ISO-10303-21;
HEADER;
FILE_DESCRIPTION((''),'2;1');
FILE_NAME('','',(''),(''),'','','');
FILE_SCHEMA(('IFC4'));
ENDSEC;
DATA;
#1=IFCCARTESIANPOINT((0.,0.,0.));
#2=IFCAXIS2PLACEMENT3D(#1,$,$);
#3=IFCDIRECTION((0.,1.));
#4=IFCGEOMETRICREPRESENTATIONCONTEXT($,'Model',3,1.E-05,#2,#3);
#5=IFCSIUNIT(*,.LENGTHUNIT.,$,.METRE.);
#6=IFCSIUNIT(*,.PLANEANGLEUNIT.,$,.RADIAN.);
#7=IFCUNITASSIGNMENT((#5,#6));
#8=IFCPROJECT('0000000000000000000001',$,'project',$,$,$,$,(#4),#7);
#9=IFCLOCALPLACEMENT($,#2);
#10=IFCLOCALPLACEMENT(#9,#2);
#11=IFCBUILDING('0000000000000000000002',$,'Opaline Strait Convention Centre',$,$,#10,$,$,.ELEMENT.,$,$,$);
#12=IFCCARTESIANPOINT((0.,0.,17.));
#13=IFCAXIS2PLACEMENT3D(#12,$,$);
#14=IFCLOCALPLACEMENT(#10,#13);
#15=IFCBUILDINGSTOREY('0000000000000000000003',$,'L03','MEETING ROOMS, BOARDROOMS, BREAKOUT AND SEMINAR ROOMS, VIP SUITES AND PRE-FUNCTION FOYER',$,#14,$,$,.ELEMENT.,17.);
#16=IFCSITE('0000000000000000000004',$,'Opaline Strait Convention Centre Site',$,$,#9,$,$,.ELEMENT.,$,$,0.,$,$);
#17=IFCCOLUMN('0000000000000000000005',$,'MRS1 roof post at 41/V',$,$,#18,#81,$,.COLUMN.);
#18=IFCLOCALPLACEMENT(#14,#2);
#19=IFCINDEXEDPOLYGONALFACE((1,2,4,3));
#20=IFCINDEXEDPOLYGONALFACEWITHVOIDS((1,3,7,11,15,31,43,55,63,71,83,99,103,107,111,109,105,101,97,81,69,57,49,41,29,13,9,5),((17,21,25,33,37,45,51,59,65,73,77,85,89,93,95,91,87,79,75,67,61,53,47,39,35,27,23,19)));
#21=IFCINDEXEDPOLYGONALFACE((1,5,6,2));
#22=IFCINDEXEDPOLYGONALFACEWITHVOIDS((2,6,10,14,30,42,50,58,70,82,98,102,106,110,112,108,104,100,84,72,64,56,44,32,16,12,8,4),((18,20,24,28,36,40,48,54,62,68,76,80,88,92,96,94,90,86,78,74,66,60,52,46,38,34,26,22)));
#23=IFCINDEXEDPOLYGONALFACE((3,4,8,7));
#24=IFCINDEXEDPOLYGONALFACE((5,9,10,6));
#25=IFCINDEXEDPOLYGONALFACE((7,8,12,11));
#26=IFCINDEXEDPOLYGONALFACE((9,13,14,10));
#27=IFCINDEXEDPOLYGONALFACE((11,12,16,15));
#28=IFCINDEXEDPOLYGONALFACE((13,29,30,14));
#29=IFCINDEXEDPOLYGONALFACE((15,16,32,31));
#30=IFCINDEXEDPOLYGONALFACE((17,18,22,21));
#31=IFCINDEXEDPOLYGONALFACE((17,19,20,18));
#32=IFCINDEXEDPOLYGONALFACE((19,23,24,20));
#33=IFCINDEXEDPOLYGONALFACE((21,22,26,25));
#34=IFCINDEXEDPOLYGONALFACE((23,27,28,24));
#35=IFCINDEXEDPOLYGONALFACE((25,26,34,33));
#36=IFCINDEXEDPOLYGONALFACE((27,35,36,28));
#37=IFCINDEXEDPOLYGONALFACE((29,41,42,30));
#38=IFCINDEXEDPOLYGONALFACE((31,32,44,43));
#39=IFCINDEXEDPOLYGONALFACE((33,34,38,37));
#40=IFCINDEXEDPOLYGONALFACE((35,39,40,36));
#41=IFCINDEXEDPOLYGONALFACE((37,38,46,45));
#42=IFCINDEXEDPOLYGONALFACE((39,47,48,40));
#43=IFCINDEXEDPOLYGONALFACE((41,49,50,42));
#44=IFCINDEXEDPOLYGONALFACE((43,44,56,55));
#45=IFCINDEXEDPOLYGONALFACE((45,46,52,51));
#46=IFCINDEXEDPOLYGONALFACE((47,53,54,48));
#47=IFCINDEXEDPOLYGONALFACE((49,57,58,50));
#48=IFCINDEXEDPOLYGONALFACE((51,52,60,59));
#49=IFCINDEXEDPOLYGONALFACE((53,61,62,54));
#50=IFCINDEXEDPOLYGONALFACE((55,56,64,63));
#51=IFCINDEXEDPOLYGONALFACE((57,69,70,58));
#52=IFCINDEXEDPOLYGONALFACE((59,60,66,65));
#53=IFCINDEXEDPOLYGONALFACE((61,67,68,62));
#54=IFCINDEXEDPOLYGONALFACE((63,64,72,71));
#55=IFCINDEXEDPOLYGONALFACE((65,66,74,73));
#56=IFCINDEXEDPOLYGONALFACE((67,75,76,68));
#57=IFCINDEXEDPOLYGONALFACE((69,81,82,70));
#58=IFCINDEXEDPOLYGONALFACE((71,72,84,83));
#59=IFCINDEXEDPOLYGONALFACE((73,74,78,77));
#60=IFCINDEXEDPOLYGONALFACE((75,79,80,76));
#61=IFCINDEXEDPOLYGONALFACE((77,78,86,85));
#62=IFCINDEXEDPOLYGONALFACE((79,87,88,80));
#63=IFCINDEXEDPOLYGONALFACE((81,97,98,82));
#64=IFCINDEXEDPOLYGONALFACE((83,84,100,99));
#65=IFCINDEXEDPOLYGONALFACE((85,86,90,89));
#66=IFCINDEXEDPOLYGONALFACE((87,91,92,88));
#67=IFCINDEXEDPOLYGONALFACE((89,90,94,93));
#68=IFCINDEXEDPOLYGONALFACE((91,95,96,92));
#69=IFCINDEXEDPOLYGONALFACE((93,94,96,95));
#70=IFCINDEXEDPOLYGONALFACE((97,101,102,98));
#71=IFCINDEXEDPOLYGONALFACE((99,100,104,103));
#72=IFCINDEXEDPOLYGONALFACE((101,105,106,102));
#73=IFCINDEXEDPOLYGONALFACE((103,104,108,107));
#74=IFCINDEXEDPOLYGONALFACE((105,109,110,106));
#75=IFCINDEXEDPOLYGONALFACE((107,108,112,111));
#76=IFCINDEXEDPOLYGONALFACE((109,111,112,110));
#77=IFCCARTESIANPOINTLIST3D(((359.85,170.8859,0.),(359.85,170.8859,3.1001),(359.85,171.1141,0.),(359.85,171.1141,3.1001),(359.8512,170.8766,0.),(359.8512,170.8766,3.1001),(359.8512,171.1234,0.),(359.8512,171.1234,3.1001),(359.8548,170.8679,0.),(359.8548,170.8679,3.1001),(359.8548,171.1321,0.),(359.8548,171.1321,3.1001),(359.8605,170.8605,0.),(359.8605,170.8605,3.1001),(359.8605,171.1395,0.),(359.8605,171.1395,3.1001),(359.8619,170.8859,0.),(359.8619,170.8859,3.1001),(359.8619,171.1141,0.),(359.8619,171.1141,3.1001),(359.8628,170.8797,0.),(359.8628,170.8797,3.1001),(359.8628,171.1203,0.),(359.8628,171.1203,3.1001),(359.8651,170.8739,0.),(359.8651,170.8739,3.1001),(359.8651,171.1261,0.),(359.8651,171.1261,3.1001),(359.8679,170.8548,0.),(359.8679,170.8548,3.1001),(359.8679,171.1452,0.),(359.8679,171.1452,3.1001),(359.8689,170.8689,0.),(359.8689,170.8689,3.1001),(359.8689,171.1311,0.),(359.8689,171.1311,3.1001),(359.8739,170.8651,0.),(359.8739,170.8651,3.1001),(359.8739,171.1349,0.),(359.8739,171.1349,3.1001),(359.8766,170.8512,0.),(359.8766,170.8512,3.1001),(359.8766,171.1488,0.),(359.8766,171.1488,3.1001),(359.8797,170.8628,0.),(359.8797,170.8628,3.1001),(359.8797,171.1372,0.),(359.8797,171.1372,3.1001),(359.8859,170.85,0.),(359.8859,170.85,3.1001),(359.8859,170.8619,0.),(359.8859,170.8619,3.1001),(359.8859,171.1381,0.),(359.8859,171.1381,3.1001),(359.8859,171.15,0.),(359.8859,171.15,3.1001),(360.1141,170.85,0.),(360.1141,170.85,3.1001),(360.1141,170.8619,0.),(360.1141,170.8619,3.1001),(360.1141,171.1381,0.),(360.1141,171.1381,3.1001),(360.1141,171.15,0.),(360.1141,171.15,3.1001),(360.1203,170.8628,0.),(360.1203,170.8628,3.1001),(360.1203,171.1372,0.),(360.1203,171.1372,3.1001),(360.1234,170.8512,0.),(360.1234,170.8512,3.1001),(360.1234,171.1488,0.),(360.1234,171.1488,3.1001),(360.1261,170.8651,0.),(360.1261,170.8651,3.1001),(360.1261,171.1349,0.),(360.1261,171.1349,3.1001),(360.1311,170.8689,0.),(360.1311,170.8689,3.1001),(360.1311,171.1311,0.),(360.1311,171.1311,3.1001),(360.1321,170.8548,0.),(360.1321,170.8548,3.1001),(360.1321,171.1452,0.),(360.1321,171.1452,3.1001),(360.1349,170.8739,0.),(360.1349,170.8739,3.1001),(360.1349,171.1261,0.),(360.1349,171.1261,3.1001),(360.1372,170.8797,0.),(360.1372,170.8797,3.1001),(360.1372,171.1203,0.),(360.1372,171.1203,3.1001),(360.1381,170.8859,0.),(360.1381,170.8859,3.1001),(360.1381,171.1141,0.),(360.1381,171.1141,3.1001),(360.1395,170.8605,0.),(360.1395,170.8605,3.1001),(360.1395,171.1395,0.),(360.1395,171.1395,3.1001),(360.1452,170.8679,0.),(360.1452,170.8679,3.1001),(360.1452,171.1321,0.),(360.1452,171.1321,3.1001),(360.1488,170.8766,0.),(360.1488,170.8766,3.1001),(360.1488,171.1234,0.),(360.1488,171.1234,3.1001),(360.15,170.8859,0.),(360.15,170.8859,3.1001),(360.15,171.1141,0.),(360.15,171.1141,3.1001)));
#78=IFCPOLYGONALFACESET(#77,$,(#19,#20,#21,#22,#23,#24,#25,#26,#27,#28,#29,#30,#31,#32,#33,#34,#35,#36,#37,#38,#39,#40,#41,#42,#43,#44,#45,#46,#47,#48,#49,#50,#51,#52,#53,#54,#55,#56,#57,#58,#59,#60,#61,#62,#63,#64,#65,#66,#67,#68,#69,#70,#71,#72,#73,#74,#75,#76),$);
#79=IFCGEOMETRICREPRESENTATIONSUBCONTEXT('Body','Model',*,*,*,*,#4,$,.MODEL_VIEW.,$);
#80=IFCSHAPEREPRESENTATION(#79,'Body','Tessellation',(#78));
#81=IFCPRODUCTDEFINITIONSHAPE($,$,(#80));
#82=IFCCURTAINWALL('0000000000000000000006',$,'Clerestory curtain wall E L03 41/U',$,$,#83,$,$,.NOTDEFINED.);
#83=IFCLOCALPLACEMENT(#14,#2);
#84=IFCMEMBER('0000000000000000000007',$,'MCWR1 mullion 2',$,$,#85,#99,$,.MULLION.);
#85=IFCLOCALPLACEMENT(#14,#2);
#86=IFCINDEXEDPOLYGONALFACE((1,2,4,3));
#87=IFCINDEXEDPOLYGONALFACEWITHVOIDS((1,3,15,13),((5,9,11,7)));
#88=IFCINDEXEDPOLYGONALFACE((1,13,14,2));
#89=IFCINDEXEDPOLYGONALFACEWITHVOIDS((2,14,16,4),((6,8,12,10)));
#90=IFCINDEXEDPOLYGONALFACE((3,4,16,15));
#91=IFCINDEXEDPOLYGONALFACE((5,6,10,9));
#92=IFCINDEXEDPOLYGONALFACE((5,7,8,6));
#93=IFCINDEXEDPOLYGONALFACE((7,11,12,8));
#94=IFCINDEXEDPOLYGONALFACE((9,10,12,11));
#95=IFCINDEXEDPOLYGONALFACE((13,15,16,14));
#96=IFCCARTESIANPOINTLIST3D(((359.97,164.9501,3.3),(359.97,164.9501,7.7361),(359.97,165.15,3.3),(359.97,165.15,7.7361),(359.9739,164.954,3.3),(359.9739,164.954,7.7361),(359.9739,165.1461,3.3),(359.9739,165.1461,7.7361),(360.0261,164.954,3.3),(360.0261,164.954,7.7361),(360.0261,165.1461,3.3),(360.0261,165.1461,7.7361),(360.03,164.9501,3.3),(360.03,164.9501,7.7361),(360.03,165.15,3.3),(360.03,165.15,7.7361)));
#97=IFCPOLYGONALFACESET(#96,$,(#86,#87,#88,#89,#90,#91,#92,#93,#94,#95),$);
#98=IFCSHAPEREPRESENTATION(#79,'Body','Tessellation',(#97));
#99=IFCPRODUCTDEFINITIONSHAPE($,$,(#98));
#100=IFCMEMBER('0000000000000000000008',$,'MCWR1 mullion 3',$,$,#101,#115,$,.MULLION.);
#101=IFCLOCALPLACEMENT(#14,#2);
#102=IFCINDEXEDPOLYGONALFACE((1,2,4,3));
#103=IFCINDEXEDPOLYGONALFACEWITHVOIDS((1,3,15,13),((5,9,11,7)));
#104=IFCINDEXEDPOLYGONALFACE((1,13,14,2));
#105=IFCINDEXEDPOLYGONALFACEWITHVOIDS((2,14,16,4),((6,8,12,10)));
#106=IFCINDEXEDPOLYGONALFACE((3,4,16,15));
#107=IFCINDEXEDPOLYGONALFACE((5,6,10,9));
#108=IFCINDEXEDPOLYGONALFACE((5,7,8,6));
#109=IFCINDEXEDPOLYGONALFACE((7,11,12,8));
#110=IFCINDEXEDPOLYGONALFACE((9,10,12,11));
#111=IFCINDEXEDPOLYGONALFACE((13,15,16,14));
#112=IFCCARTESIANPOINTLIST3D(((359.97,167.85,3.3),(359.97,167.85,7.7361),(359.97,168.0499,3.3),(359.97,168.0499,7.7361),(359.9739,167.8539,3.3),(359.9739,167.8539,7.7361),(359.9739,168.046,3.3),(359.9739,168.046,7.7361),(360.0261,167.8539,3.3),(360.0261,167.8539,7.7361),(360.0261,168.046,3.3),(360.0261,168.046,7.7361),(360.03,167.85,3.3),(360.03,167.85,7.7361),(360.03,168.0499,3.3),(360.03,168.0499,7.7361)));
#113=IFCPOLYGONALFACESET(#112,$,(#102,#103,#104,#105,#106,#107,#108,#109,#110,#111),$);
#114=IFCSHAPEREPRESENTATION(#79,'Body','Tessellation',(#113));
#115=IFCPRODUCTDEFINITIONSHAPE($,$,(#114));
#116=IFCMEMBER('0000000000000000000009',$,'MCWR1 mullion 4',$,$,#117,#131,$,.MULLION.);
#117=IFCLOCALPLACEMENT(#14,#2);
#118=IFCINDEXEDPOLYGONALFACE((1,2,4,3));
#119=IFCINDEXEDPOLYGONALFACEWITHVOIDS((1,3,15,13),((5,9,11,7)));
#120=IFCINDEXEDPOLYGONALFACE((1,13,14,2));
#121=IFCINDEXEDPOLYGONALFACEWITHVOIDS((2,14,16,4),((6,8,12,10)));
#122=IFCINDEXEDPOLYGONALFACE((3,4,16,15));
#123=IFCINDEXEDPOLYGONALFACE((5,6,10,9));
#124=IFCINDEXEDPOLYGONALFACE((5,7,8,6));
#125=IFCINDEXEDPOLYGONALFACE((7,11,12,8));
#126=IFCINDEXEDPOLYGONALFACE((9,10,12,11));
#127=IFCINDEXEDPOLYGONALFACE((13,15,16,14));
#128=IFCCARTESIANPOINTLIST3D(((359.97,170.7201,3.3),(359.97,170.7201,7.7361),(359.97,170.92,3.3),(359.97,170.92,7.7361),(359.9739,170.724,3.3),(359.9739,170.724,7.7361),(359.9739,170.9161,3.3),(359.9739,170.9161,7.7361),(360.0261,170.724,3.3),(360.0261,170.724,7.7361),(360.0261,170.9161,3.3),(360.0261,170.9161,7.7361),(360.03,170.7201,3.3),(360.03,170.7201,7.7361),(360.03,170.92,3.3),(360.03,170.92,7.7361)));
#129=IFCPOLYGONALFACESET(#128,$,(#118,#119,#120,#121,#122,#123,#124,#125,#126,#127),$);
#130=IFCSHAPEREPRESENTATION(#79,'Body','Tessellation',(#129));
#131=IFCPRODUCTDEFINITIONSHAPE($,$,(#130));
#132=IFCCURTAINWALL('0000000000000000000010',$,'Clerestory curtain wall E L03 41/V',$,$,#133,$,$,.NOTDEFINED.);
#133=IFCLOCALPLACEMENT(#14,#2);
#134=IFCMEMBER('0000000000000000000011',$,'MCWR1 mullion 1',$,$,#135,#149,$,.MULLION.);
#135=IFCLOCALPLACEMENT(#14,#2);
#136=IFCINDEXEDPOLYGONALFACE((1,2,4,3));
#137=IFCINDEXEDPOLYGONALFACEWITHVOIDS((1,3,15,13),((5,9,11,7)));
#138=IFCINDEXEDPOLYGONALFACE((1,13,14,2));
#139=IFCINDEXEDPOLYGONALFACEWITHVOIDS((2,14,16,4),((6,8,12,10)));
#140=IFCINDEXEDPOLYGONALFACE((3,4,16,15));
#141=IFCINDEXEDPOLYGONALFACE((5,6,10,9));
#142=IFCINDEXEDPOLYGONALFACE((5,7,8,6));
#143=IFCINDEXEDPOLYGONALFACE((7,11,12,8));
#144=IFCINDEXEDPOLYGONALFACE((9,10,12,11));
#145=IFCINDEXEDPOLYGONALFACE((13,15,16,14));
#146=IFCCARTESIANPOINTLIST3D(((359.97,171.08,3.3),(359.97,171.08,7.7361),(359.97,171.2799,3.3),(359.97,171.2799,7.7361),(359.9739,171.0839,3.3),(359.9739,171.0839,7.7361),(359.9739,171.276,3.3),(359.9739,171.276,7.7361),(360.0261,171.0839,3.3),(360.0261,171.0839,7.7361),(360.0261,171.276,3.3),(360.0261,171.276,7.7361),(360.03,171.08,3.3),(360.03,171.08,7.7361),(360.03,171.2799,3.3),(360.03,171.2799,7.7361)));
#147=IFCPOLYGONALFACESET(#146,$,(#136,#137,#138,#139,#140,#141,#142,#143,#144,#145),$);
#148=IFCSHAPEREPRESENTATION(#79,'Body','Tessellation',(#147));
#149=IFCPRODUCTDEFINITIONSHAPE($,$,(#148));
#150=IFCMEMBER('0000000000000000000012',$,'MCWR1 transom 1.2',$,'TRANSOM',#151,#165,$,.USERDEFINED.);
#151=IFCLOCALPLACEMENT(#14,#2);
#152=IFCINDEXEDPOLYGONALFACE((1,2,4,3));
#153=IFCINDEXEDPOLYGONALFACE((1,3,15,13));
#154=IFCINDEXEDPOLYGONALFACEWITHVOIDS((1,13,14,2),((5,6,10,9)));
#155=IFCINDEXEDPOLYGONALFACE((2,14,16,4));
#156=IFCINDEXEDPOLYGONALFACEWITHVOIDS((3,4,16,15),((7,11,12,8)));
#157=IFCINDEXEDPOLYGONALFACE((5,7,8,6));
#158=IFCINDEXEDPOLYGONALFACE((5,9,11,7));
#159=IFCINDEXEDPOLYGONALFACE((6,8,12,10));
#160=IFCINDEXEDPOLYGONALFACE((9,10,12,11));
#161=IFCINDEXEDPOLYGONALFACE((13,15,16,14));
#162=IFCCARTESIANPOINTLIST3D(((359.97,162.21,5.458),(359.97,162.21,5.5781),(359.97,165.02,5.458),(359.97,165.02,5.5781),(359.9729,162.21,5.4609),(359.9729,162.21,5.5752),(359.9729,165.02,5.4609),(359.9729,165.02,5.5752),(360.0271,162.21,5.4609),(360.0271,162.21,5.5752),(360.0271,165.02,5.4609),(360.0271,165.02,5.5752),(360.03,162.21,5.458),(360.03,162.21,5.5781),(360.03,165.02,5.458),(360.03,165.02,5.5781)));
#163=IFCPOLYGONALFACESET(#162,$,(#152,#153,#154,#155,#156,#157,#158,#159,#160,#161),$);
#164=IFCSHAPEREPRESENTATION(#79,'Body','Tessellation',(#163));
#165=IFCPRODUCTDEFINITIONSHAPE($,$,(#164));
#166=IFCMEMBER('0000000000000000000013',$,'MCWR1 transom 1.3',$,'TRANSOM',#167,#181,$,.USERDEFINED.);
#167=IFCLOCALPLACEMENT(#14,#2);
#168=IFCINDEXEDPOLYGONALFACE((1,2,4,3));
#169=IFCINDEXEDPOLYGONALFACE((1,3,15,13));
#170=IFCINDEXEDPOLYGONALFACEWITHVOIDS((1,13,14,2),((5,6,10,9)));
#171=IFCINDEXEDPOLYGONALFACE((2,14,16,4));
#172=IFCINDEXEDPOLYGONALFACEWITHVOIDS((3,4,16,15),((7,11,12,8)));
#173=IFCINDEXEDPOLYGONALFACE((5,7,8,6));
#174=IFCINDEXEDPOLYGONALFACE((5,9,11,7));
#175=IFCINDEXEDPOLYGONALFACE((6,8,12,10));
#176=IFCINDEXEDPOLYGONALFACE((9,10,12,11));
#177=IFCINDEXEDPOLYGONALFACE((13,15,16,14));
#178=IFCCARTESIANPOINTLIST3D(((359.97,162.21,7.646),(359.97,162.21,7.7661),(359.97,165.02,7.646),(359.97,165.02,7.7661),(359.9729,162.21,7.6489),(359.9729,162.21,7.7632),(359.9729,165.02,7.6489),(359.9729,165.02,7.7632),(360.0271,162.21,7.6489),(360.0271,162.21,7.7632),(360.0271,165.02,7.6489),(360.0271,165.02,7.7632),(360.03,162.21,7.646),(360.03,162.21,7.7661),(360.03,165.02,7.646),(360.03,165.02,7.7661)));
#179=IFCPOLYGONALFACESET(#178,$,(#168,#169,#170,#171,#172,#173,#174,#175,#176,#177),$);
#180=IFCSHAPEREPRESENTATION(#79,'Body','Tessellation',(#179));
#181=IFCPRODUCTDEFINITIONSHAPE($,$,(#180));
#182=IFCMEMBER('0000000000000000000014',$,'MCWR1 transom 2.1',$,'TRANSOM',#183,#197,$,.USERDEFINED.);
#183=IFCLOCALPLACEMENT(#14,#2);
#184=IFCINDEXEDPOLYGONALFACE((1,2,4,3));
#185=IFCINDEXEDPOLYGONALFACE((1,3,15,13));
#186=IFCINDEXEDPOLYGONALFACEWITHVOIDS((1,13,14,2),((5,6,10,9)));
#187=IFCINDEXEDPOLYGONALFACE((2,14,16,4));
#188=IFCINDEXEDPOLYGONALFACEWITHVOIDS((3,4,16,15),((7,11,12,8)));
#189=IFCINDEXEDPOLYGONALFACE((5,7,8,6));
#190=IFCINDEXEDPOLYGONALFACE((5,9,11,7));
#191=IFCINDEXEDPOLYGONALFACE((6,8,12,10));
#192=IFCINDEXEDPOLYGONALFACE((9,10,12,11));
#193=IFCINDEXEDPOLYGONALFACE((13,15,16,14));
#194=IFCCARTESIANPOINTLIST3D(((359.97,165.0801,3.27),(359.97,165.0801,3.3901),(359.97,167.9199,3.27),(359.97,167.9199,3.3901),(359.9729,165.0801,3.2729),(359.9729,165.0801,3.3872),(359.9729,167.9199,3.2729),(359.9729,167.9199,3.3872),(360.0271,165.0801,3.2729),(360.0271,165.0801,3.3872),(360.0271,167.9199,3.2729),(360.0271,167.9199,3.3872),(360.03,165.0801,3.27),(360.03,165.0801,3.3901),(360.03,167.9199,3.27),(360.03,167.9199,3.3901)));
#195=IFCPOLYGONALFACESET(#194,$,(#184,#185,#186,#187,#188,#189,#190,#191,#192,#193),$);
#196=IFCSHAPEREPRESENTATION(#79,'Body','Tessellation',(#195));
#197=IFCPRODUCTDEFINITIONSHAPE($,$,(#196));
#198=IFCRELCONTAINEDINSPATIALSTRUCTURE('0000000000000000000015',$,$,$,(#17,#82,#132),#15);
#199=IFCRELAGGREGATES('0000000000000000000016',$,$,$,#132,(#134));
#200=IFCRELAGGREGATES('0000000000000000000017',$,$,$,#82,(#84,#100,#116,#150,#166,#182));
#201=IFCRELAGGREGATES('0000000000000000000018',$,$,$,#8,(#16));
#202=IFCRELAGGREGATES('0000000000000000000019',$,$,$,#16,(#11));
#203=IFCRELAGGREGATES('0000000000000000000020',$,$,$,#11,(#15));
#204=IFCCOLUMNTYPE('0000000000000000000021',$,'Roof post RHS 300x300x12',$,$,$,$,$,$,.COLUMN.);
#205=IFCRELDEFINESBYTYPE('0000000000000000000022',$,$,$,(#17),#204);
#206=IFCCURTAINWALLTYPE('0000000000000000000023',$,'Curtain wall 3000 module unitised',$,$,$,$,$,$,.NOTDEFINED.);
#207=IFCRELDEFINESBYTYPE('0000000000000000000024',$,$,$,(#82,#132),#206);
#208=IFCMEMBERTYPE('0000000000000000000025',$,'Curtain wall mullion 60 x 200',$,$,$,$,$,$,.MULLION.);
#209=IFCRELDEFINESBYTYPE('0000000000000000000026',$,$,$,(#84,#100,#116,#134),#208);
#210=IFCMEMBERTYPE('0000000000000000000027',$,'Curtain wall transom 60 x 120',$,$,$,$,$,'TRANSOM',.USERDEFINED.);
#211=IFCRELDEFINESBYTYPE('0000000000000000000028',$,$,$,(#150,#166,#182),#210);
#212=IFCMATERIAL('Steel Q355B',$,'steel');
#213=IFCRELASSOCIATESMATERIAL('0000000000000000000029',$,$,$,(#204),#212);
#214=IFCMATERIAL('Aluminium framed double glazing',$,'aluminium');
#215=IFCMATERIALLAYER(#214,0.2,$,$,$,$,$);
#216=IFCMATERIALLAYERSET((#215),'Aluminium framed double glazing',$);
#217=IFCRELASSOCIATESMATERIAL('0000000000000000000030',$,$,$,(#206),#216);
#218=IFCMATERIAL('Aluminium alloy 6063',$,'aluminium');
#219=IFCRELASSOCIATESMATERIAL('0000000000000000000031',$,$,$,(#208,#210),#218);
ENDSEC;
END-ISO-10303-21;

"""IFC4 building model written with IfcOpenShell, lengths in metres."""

from ifc_helpers import new_model, si_unit, direction, frame, origin, origin_2d, place, context, subcontext, project, spatial, hollow_rectangle, extrude, material, layer, layer_set, material_profile, profile_set, type_object, element, aggregate, save


model = new_model("IFC4")

# Units and contexts
model_context = context("Model", 3, precision=1e-05, world=origin(), true_north=direction((0.0, 1.0)))
body_context = subcontext(model_context, "Body", "Model", "MODEL_VIEW")
ifc_project = project(units=[si_unit("LENGTHUNIT", "METRE"), si_unit("PLANEANGLEUNIT", "RADIAN")], contexts=[model_context])

# Site, building, storey
site_placement = place(None, origin())
site = spatial("IfcSite", under=ifc_project, at=site_placement, Name="Opaline Strait Convention Centre Site", CompositionType="ELEMENT", RefElevation=0.0)
building_placement = place(site_placement, origin())
building = spatial("IfcBuilding", under=site, at=building_placement, Name="Opaline Strait Convention Centre", CompositionType="ELEMENT")
storey_placement = place(building_placement, frame((0.0, 0.0, 17.0)))
storey = spatial("IfcBuildingStorey", under=building, at=storey_placement, Name="L03", Description="MEETING ROOMS, BOARDROOMS, BREAKOUT AND SEMINAR ROOMS, VIP SUITES AND PRE-FUNCTION FOYER", CompositionType="ELEMENT", Elevation=17.0)

# Column
ifc_material_1 = material(Name="Steel Q355B", Category="steel")
ifc_material_profile_1 = material_profile(ifc_material_1, hollow_rectangle(XDim=0.3, YDim=0.3, WallThickness=0.012, InnerFilletRadius=0.0239, OuterFilletRadius=0.0359, at=origin_2d()), Name="RHS 300x300x12")
ifc_profile_set_1 = profile_set([ifc_material_profile_1], Name="Steel Q355B")
column_type = type_object("IfcColumnType", Name="Roof post RHS 300x300x12", PredefinedType="COLUMN", material=ifc_profile_set_1)
column_placement = place(storey_placement, frame((360.0, 171.0, 0.0), z_axis=(0.0, 0.0, 1.0), x_axis=(1.0, 0.0, 0.0)))
element("IfcColumn", 1, at=column_placement, inside=storey, type_object=column_type, Name="MRS1 roof post at 41/V", PredefinedType="COLUMN", context=body_context, shape_type="SweptSolid", body=[
    extrude(hollow_rectangle(XDim=0.3, YDim=0.3, WallThickness=0.012, InnerFilletRadius=0.0239, OuterFilletRadius=0.0359, at=origin_2d()), origin(), (0.0, 0.0, 1.0), 3.1001),
])

# Curtain wall, members
ifc_material_2 = material(Name="Aluminium framed double glazing", Category="aluminium")
ifc_layer_1 = layer(ifc_material_2, 0.2)
ifc_layer_set_1 = layer_set([ifc_layer_1], Name="Aluminium framed double glazing")
curtain_wall_type = type_object("IfcCurtainWallType", Name="Curtain wall 3000 module unitised", PredefinedType="NOTDEFINED", material=ifc_layer_set_1)
curtain_wall_1_placement = place(storey_placement, origin())
curtain_wall_1 = element("IfcCurtainWall", 2, at=curtain_wall_1_placement, inside=storey, type_object=curtain_wall_type, Name="Clerestory curtain wall E L03 41/U", PredefinedType="NOTDEFINED")
ifc_material_3 = material(Name="Aluminium alloy 6063", Category="aluminium")
ifc_material_profile_2 = material_profile(ifc_material_3, hollow_rectangle(XDim=0.0601, YDim=0.2, WallThickness=0.0039, at=origin_2d()), Name="MULLION 60x200x4")
ifc_profile_set_2 = profile_set([ifc_material_profile_2], Name="Aluminium alloy 6063")
member_type_1 = type_object("IfcMemberType", Name="Curtain wall mullion 60 x 200", PredefinedType="MULLION", material=ifc_profile_set_2)
member_1_placement = place(storey_placement, frame((360.0, 165.05, 3.3), z_axis=(0.0, 0.0, 1.0), x_axis=(-1.0, 0.0, 0.0)))
member_1 = element("IfcMember", 3, at=member_1_placement, type_object=member_type_1, Name="MCWR1 mullion 2", PredefinedType="MULLION", context=body_context, shape_type="SweptSolid", body=[
    extrude(hollow_rectangle(XDim=0.0601, YDim=0.2, WallThickness=0.0039, at=origin_2d()), origin(), (0.0, 0.0, 1.0), 4.436),
])
member_2_placement = place(storey_placement, frame((360.0, 167.95, 3.3), z_axis=(0.0, 0.0, 1.0), x_axis=(-1.0, 0.0, 0.0)))
member_2 = element("IfcMember", 4, at=member_2_placement, type_object=member_type_1, Name="MCWR1 mullion 3", PredefinedType="MULLION", context=body_context, shape_type="SweptSolid", body=[
    extrude(hollow_rectangle(XDim=0.0601, YDim=0.2, WallThickness=0.0039, at=origin_2d()), origin(), (0.0, 0.0, 1.0), 4.436),
])
member_3_placement = place(storey_placement, frame((360.0, 170.8201, 3.3), z_axis=(0.0, 0.0, 1.0), x_axis=(-1.0, 0.0, 0.0)))
member_3 = element("IfcMember", 5, at=member_3_placement, type_object=member_type_1, Name="MCWR1 mullion 4", PredefinedType="MULLION", context=body_context, shape_type="SweptSolid", body=[
    extrude(hollow_rectangle(XDim=0.0601, YDim=0.2, WallThickness=0.0039, at=origin_2d()), origin(), (0.0, 0.0, 1.0), 4.436),
])

# Curtain wall, member
curtain_wall_2_placement = place(storey_placement, origin())
curtain_wall_2 = element("IfcCurtainWall", 6, at=curtain_wall_2_placement, inside=storey, type_object=curtain_wall_type, Name="Clerestory curtain wall E L03 41/V", PredefinedType="NOTDEFINED")
member_4_placement = place(storey_placement, frame((360.0, 171.1799, 3.3), z_axis=(0.0, 0.0, 1.0), x_axis=(-1.0, 0.0, 0.0)))
member_4 = element("IfcMember", 7, at=member_4_placement, type_object=member_type_1, Name="MCWR1 mullion 1", PredefinedType="MULLION", context=body_context, shape_type="SweptSolid", body=[
    extrude(hollow_rectangle(XDim=0.0601, YDim=0.2, WallThickness=0.0039, at=origin_2d()), origin(), (0.0, 0.0, 1.0), 4.436),
])
aggregate(curtain_wall_2, [member_4])

# Members
ifc_material_profile_3 = material_profile(ifc_material_3, hollow_rectangle(XDim=0.0601, YDim=0.1201, WallThickness=0.0029, at=origin_2d()), Name="TRANSOM 60x120x3")
ifc_profile_set_3 = profile_set([ifc_material_profile_3], Name="Aluminium alloy 6063")
member_type_2 = type_object("IfcMemberType", Name="Curtain wall transom 60 x 120", ElementType="TRANSOM", PredefinedType="USERDEFINED", material=ifc_profile_set_3)
member_5_placement = place(storey_placement, frame((360.0, 162.21, 5.5181), z_axis=(0.0, 1.0, 0.0), x_axis=(-1.0, 0.0, 0.0)))
member_5 = element("IfcMember", 8, at=member_5_placement, type_object=member_type_2, Name="MCWR1 transom 1.2", ObjectType="TRANSOM", PredefinedType="USERDEFINED", context=body_context, shape_type="SweptSolid", body=[
    extrude(hollow_rectangle(XDim=0.0601, YDim=0.1201, WallThickness=0.0029, at=origin_2d()), origin(), (0.0, 0.0, 1.0), 2.8101),
])
member_6_placement = place(storey_placement, frame((360.0, 162.21, 7.7061), z_axis=(0.0, 1.0, 0.0), x_axis=(-1.0, 0.0, 0.0)))
member_6 = element("IfcMember", 9, at=member_6_placement, type_object=member_type_2, Name="MCWR1 transom 1.3", ObjectType="TRANSOM", PredefinedType="USERDEFINED", context=body_context, shape_type="SweptSolid", body=[
    extrude(hollow_rectangle(XDim=0.0601, YDim=0.1201, WallThickness=0.0029, at=origin_2d()), origin(), (0.0, 0.0, 1.0), 2.8101),
])
member_7_placement = place(storey_placement, frame((360.0, 165.0801, 3.3301), z_axis=(0.0, 1.0, 0.0), x_axis=(-1.0, 0.0, 0.0)))
member_7 = element("IfcMember", 10, at=member_7_placement, type_object=member_type_2, Name="MCWR1 transom 2.1", ObjectType="TRANSOM", PredefinedType="USERDEFINED", context=body_context, shape_type="SweptSolid", body=[
    extrude(hollow_rectangle(XDim=0.0601, YDim=0.1201, WallThickness=0.0029, at=origin_2d()), origin(), (0.0, 0.0, 1.0), 2.8398),
])

aggregate(curtain_wall_1, [member_1, member_2, member_3, member_5, member_6, member_7])

save(model, "model.ifc")
